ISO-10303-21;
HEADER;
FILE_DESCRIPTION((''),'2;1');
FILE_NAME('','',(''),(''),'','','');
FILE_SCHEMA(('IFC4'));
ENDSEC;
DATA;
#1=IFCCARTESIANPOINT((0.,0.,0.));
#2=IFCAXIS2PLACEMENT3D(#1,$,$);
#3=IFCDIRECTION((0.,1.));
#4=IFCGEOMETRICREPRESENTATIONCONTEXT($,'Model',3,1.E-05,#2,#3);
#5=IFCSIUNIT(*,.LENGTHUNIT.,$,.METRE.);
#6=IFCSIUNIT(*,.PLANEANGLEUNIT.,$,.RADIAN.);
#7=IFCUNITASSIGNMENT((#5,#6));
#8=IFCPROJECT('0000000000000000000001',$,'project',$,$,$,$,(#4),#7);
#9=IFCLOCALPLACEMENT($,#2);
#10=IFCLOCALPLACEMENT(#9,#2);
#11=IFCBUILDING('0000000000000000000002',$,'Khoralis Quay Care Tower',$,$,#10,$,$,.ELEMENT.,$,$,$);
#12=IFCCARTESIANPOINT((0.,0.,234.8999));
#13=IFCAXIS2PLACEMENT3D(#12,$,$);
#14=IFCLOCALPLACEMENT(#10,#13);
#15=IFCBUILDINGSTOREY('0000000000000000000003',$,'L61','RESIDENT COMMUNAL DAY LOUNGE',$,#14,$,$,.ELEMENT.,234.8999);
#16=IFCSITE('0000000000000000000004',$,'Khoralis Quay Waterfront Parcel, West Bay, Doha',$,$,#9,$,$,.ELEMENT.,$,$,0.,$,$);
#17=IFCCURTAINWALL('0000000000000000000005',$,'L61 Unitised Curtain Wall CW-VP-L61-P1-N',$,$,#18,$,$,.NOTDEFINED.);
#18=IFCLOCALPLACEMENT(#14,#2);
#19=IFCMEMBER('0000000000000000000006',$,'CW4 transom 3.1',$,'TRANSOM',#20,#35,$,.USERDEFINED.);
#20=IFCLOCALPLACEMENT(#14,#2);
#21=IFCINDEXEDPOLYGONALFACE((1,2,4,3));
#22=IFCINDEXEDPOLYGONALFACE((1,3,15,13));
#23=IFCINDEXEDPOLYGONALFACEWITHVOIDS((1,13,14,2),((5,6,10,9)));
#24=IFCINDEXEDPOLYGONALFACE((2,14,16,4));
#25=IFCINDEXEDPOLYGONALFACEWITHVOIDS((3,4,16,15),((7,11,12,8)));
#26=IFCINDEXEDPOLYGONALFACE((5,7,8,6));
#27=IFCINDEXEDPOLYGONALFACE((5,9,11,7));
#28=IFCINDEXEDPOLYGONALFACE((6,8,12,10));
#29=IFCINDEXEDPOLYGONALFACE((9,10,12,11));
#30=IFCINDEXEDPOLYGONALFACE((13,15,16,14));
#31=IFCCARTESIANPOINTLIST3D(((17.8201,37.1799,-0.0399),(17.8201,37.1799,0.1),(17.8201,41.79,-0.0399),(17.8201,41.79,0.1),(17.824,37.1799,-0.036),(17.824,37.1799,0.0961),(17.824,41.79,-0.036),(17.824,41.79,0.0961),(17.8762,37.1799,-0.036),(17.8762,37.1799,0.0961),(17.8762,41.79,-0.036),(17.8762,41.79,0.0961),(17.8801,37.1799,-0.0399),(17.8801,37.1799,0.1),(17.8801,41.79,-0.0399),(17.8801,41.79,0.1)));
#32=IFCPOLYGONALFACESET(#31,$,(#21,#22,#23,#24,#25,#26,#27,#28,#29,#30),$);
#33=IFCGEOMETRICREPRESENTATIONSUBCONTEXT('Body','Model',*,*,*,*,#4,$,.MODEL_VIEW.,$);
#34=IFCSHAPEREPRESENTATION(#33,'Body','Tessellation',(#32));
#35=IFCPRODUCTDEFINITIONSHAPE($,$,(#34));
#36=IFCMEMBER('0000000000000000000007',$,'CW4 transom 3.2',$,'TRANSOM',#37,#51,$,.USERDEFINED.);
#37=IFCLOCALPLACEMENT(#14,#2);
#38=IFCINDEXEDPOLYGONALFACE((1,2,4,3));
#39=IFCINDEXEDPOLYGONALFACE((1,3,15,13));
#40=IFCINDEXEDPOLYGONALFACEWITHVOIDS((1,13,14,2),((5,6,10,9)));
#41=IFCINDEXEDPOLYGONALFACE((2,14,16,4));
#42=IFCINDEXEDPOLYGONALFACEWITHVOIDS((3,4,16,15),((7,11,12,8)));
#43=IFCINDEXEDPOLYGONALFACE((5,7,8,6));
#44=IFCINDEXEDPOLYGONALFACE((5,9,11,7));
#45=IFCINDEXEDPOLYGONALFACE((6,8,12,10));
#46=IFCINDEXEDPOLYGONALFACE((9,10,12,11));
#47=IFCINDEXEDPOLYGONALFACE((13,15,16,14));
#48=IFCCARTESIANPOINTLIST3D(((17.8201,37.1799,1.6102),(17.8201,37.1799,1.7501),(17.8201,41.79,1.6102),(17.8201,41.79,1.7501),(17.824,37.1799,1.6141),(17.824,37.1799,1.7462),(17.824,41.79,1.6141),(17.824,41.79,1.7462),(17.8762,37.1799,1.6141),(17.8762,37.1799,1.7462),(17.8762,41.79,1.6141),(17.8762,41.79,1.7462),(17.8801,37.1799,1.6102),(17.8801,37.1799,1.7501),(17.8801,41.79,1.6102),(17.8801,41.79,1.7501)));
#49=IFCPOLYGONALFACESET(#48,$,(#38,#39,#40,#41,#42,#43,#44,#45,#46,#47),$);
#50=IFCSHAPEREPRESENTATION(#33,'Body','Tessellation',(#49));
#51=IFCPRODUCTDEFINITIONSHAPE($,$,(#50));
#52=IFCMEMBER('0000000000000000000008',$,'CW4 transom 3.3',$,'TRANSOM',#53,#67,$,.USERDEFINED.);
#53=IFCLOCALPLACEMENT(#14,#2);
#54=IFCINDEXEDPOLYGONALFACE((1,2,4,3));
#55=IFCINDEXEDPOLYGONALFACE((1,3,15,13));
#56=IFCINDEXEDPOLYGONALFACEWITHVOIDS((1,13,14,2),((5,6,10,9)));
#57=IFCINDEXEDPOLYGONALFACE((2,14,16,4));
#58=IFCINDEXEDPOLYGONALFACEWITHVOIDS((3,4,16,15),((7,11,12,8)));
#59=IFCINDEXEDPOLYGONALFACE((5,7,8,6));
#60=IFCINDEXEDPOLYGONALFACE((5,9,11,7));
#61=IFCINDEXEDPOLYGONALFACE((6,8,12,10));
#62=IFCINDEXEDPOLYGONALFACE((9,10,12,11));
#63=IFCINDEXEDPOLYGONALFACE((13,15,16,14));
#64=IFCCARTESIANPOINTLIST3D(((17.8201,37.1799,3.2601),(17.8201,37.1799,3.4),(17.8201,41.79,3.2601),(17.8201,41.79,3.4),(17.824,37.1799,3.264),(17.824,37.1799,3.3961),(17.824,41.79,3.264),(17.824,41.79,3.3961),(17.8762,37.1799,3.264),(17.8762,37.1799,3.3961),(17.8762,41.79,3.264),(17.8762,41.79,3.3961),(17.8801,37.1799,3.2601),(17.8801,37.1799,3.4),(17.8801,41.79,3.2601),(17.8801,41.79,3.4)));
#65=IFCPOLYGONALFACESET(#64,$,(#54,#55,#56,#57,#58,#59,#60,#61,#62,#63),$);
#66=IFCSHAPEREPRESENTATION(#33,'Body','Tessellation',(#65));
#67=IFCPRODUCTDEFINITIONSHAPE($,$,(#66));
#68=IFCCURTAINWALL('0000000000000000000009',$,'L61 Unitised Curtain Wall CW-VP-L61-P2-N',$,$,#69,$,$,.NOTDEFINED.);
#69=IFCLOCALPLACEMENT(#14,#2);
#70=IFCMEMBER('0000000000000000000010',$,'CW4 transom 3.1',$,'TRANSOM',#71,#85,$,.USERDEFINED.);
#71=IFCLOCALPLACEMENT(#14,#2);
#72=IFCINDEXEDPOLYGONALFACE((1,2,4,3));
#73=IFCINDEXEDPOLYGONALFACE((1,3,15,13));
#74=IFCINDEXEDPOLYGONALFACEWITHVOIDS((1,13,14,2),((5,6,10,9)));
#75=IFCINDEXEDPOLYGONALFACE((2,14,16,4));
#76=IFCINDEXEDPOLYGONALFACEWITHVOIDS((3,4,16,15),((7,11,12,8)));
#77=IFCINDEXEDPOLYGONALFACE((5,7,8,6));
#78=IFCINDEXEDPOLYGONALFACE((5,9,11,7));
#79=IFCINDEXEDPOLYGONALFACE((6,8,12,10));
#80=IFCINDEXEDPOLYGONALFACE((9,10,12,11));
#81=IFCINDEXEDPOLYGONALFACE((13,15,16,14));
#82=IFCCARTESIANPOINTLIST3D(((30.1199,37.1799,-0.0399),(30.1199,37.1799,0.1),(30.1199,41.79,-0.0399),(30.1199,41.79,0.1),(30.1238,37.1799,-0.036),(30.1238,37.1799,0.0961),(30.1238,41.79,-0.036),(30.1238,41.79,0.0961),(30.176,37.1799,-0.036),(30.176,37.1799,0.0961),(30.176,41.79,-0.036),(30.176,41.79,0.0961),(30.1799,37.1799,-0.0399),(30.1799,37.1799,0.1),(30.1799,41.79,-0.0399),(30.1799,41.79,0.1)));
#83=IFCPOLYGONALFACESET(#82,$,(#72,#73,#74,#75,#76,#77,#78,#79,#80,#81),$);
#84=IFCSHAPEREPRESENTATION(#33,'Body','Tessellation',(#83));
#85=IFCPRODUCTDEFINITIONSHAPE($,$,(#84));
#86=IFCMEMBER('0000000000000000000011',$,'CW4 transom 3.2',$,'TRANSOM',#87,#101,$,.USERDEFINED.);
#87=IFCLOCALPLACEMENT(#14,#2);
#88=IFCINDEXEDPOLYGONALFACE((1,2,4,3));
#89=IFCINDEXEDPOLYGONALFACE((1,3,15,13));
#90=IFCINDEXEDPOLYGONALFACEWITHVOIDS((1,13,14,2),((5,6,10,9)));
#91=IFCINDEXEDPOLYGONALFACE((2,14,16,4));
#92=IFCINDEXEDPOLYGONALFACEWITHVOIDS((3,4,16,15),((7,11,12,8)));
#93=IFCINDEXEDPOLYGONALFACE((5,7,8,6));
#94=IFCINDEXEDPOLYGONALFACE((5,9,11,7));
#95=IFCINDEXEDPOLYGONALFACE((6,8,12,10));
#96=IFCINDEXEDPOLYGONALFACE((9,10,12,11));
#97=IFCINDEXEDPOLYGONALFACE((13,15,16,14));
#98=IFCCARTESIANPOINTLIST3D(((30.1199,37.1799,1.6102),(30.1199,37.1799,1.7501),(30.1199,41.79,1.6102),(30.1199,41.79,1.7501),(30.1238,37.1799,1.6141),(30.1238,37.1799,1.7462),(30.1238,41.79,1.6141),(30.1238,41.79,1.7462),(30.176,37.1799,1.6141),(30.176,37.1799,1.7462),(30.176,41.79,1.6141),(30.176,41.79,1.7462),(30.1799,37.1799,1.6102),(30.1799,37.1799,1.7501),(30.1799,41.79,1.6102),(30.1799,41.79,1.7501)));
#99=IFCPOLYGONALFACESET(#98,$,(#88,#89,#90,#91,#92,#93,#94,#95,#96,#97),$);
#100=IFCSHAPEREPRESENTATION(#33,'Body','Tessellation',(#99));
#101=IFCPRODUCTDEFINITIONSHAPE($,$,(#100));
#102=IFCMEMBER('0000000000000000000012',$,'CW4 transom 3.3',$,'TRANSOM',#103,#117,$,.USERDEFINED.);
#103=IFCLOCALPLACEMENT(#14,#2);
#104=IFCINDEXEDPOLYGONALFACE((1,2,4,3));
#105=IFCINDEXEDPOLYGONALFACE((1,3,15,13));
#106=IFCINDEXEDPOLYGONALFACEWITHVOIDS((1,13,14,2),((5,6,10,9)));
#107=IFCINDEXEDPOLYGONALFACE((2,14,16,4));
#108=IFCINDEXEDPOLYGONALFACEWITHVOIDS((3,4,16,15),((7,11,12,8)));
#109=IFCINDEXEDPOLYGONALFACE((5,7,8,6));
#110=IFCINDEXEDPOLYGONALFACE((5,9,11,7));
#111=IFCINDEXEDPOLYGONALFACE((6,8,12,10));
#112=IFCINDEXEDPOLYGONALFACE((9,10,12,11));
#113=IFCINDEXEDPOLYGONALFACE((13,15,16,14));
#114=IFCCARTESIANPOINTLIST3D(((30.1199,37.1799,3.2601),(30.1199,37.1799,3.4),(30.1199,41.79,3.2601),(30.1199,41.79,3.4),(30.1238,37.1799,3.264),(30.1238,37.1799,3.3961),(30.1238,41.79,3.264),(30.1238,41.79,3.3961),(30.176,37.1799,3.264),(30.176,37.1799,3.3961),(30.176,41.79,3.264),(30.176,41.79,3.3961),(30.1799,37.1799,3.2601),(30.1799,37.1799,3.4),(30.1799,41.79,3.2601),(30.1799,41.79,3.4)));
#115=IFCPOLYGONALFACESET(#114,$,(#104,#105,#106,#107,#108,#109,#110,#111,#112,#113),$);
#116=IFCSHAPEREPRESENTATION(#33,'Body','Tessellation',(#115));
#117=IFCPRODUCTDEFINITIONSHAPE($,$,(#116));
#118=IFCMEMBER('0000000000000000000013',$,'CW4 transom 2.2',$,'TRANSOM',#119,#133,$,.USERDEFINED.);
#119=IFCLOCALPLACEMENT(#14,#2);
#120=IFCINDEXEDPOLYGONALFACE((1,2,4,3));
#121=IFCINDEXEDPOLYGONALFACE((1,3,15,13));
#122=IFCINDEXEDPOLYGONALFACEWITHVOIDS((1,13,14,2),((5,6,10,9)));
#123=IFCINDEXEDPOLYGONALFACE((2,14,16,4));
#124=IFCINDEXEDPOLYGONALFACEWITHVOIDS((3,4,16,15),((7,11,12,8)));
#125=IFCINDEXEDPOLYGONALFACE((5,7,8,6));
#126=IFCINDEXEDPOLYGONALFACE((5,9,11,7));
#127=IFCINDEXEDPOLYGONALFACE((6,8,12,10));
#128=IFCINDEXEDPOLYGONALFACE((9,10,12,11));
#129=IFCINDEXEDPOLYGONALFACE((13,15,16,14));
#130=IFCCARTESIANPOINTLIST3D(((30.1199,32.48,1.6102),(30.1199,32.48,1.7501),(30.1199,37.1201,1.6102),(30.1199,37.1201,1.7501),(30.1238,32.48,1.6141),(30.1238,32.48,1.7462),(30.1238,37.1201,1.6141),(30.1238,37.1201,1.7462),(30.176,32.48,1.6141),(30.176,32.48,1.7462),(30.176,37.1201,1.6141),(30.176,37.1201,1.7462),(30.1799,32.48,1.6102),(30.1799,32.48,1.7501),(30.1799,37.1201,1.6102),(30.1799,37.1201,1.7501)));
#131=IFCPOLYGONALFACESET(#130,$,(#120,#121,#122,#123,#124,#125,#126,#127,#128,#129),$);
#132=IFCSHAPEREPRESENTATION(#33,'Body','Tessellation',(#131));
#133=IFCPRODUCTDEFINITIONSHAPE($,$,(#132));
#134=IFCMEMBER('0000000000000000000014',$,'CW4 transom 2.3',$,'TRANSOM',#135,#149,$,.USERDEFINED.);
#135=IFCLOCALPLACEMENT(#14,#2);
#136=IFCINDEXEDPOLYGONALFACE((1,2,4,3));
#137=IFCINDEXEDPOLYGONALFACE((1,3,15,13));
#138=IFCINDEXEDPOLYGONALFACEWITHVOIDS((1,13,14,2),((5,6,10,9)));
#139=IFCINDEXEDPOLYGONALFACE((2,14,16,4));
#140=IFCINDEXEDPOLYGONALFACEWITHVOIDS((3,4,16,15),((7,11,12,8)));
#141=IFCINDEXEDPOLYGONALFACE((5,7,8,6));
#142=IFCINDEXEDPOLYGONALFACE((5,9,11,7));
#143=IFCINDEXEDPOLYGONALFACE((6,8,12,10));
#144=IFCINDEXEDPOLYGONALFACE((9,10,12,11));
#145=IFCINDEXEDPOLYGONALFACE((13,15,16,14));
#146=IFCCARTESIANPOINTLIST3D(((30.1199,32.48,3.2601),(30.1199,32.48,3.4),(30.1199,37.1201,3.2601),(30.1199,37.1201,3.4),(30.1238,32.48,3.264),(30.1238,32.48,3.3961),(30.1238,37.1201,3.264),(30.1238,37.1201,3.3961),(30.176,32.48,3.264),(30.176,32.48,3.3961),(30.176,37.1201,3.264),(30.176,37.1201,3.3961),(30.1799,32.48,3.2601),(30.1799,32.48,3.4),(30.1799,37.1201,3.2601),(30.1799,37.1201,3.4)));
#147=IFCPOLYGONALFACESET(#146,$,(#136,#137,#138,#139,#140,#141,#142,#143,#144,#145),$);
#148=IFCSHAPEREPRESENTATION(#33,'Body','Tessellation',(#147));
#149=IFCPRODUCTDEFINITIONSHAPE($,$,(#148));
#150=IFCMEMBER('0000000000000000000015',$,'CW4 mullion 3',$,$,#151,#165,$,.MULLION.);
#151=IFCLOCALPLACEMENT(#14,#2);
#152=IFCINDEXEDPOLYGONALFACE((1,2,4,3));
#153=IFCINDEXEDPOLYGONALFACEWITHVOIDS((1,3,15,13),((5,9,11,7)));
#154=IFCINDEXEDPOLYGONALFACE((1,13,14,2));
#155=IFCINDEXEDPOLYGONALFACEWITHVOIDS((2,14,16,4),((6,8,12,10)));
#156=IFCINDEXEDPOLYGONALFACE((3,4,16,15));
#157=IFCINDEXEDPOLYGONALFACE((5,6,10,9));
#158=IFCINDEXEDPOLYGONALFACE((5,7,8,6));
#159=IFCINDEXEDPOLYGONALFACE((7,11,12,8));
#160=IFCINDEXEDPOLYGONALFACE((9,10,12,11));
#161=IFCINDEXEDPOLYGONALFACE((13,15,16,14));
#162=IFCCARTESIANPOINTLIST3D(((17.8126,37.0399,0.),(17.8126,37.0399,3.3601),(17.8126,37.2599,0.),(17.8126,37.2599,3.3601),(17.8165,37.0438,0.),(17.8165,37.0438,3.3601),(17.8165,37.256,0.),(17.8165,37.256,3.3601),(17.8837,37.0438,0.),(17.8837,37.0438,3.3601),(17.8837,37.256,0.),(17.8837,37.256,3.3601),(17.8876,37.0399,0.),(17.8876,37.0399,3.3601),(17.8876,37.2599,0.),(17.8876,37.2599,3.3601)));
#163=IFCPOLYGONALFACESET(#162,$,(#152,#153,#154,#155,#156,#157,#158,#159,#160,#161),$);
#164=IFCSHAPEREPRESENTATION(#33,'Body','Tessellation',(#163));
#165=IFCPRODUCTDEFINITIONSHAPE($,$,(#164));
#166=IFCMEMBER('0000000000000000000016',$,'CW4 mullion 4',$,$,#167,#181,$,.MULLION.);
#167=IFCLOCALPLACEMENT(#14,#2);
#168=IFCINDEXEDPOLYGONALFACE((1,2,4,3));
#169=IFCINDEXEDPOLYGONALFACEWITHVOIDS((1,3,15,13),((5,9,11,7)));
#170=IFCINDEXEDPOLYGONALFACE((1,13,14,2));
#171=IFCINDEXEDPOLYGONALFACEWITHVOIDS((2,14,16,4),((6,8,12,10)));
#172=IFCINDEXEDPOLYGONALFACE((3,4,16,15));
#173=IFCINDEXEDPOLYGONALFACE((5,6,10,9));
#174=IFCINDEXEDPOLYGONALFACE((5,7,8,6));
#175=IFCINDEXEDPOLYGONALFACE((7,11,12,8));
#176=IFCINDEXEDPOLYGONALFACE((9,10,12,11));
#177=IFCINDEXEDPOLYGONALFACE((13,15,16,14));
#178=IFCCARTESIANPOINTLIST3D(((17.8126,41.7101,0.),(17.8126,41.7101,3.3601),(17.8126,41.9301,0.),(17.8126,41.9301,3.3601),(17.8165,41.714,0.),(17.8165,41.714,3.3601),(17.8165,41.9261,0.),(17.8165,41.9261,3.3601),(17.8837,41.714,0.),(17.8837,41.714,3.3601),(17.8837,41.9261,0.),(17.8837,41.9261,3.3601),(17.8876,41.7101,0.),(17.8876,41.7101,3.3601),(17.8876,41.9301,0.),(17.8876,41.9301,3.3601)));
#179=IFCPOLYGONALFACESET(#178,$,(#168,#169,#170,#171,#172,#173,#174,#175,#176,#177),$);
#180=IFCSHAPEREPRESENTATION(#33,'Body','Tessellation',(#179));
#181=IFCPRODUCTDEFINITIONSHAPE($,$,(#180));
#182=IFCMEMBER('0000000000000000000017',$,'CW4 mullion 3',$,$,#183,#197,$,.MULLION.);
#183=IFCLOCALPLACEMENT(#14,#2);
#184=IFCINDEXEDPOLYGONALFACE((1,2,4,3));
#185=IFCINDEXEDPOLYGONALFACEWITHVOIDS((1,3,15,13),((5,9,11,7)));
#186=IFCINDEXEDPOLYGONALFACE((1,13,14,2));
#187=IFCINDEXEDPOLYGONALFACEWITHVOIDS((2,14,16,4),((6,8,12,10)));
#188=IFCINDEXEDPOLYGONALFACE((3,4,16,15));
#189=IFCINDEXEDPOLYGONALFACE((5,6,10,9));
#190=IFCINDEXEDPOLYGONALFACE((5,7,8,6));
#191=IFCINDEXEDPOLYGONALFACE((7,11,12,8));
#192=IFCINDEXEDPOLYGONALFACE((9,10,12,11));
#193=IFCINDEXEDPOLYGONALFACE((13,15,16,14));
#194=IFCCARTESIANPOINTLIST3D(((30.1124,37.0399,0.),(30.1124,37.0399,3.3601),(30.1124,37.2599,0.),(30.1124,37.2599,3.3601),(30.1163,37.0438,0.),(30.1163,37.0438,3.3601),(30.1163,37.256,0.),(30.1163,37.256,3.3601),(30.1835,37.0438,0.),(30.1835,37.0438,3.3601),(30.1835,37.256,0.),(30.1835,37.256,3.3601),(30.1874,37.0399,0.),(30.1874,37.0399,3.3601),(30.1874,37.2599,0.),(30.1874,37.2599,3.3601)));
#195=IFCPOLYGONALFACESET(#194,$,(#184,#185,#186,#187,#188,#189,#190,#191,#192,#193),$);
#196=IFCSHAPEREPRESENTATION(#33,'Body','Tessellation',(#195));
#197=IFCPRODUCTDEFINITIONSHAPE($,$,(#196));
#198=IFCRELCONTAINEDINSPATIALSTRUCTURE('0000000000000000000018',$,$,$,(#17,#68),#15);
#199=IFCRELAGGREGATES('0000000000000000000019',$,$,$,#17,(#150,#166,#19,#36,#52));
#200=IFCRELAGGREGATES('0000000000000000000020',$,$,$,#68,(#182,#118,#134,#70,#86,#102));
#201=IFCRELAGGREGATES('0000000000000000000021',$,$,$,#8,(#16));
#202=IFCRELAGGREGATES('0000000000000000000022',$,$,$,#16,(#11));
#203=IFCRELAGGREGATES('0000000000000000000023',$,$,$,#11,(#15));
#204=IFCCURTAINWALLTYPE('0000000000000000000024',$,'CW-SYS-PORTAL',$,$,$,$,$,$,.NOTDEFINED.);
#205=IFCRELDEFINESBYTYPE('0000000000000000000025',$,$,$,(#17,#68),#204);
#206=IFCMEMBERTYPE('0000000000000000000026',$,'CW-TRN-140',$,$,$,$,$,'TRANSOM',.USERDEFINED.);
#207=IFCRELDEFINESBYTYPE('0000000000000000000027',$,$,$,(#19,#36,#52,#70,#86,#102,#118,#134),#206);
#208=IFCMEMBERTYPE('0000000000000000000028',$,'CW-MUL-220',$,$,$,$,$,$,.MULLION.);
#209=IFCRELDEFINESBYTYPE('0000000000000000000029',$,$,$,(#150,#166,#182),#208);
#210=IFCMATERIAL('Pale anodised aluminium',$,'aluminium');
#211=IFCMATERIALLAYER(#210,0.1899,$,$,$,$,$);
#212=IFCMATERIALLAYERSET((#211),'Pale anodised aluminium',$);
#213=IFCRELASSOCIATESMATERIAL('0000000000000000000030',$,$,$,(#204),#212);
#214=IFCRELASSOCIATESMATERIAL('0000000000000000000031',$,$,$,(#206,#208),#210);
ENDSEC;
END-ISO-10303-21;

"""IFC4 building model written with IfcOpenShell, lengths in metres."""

from ifc_helpers import new_model, si_unit, direction, frame, origin, origin_2d, place, context, subcontext, project, spatial, hollow_rectangle, extrude, source, transform, mapped, material, layer, layer_set, material_profile, profile_set, type_object, element, aggregate, save


model = new_model("IFC4")

# Units and contexts
model_context = context("Model", 3, precision=1e-05, world=origin(), true_north=direction((0.0, 1.0)))
body_context = subcontext(model_context, "Body", "Model", "MODEL_VIEW")
ifc_project = project(units=[si_unit("LENGTHUNIT", "METRE"), si_unit("PLANEANGLEUNIT", "RADIAN")], contexts=[model_context])

# Site, building, storey
site_placement = place(None, origin())
site = spatial("IfcSite", under=ifc_project, at=site_placement, Name="Khoralis Quay Waterfront Parcel, West Bay, Doha", CompositionType="ELEMENT", RefElevation=0.0)
building_placement = place(site_placement, origin())
building = spatial("IfcBuilding", under=site, at=building_placement, Name="Khoralis Quay Care Tower", CompositionType="ELEMENT")
storey_placement = place(building_placement, frame((0.0, 0.0, 234.8999)))
storey = spatial("IfcBuildingStorey", under=building, at=storey_placement, Name="L61", Description="RESIDENT COMMUNAL DAY LOUNGE", CompositionType="ELEMENT", Elevation=234.8999)

# Curtain walls, members
ifc_material_1 = material(Name="Pale anodised aluminium", Category="aluminium")
ifc_layer_1 = layer(ifc_material_1, 0.1899)
ifc_layer_set_1 = layer_set([ifc_layer_1], Name="Pale anodised aluminium")
curtain_wall_type = type_object("IfcCurtainWallType", Name="CW-SYS-PORTAL", PredefinedType="NOTDEFINED", material=ifc_layer_set_1)
curtain_wall_1_placement = place(storey_placement, origin())
curtain_wall_1 = element("IfcCurtainWall", 1, at=curtain_wall_1_placement, inside=storey, type_object=curtain_wall_type, Name="L61 Unitised Curtain Wall CW-VP-L61-P1-N", PredefinedType="NOTDEFINED")
ifc_material_profile_1 = material_profile(ifc_material_1, hollow_rectangle(XDim=0.0601, YDim=0.1399, WallThickness=0.0039, at=origin_2d()), Name="Pale anodised aluminium")
ifc_profile_set_1 = profile_set([ifc_material_profile_1], Name="Pale anodised aluminium")
member_type_1 = type_object("IfcMemberType", Name="CW-TRN-140", ElementType="TRANSOM", PredefinedType="USERDEFINED", material=ifc_profile_set_1)
shared_shape_1 = source(origin(), body_context, "Body", "SweptSolid", [
    extrude(hollow_rectangle(XDim=0.0601, YDim=0.1399, WallThickness=0.0039, at=origin_2d()), origin(), (0.0, 0.0, 1.0), 4.6101),
])
member_1_placement = place(storey_placement, frame((17.8501, 37.1799, 0.03), z_axis=(0.0, 1.0, 0.0), x_axis=(-1.0, 0.0, 0.0)))
member_1 = element("IfcMember", 2, at=member_1_placement, type_object=member_type_1, Name="CW4 transom 3.1", ObjectType="TRANSOM", PredefinedType="USERDEFINED", context=body_context, shape_type="MappedRepresentation", body=[
    mapped(shared_shape_1, transform((0.0, 0.0, 0.0), scale=1.0)),
])
member_2_placement = place(storey_placement, frame((17.8501, 37.1799, 1.6802), z_axis=(0.0, 1.0, 0.0), x_axis=(-1.0, 0.0, 0.0)))
member_2 = element("IfcMember", 3, at=member_2_placement, type_object=member_type_1, Name="CW4 transom 3.2", ObjectType="TRANSOM", PredefinedType="USERDEFINED", context=body_context, shape_type="MappedRepresentation", body=[
    mapped(shared_shape_1, transform((0.0, 0.0, 0.0), scale=1.0)),
])
member_3_placement = place(storey_placement, frame((17.8501, 37.1799, 3.3301), z_axis=(0.0, 1.0, 0.0), x_axis=(-1.0, 0.0, 0.0)))
member_3 = element("IfcMember", 4, at=member_3_placement, type_object=member_type_1, Name="CW4 transom 3.3", ObjectType="TRANSOM", PredefinedType="USERDEFINED", context=body_context, shape_type="MappedRepresentation", body=[
    mapped(shared_shape_1, transform((0.0, 0.0, 0.0), scale=1.0)),
])
curtain_wall_2_placement = place(storey_placement, origin())
curtain_wall_2 = element("IfcCurtainWall", 5, at=curtain_wall_2_placement, inside=storey, type_object=curtain_wall_type, Name="L61 Unitised Curtain Wall CW-VP-L61-P2-N", PredefinedType="NOTDEFINED")
member_4_placement = place(storey_placement, frame((30.1499, 37.1799, 0.03), z_axis=(0.0, 1.0, 0.0), x_axis=(-1.0, 0.0, 0.0)))
member_4 = element("IfcMember", 6, at=member_4_placement, type_object=member_type_1, Name="CW4 transom 3.1", ObjectType="TRANSOM", PredefinedType="USERDEFINED", context=body_context, shape_type="MappedRepresentation", body=[
    mapped(shared_shape_1, transform((0.0, 0.0, 0.0), scale=1.0)),
])
member_5_placement = place(storey_placement, frame((30.1499, 37.1799, 1.6802), z_axis=(0.0, 1.0, 0.0), x_axis=(-1.0, 0.0, 0.0)))
member_5 = element("IfcMember", 7, at=member_5_placement, type_object=member_type_1, Name="CW4 transom 3.2", ObjectType="TRANSOM", PredefinedType="USERDEFINED", context=body_context, shape_type="MappedRepresentation", body=[
    mapped(shared_shape_1, transform((0.0, 0.0, 0.0), scale=1.0)),
])
member_6_placement = place(storey_placement, frame((30.1499, 37.1799, 3.3301), z_axis=(0.0, 1.0, 0.0), x_axis=(-1.0, 0.0, 0.0)))
member_6 = element("IfcMember", 8, at=member_6_placement, type_object=member_type_1, Name="CW4 transom 3.3", ObjectType="TRANSOM", PredefinedType="USERDEFINED", context=body_context, shape_type="MappedRepresentation", body=[
    mapped(shared_shape_1, transform((0.0, 0.0, 0.0), scale=1.0)),
])
shared_shape_2 = source(origin(), body_context, "Body", "SweptSolid", [
    extrude(hollow_rectangle(XDim=0.0601, YDim=0.1399, WallThickness=0.0039, at=origin_2d()), origin(), (0.0, 0.0, 1.0), 4.6401),
])
member_7_placement = place(storey_placement, frame((30.1499, 32.48, 1.6802), z_axis=(0.0, 1.0, 0.0), x_axis=(-1.0, 0.0, 0.0)))
member_7 = element("IfcMember", 9, at=member_7_placement, type_object=member_type_1, Name="CW4 transom 2.2", ObjectType="TRANSOM", PredefinedType="USERDEFINED", context=body_context, shape_type="MappedRepresentation", body=[
    mapped(shared_shape_2, transform((0.0, 0.0, 0.0), scale=1.0)),
])
member_8_placement = place(storey_placement, frame((30.1499, 32.48, 3.3301), z_axis=(0.0, 1.0, 0.0), x_axis=(-1.0, 0.0, 0.0)))
member_8 = element("IfcMember", 10, at=member_8_placement, type_object=member_type_1, Name="CW4 transom 2.3", ObjectType="TRANSOM", PredefinedType="USERDEFINED", context=body_context, shape_type="MappedRepresentation", body=[
    mapped(shared_shape_2, transform((0.0, 0.0, 0.0), scale=1.0)),
])

# Members
ifc_material_profile_2 = material_profile(ifc_material_1, hollow_rectangle(XDim=0.075, YDim=0.22, WallThickness=0.0039, at=origin_2d()), Name="Pale anodised aluminium")
ifc_profile_set_2 = profile_set([ifc_material_profile_2], Name="Pale anodised aluminium")
member_type_2 = type_object("IfcMemberType", Name="CW-MUL-220", PredefinedType="MULLION", material=ifc_profile_set_2)
shared_shape_3 = source(origin(), body_context, "Body", "SweptSolid", [
    extrude(hollow_rectangle(XDim=0.075, YDim=0.22, WallThickness=0.0039, at=origin_2d()), origin(), (0.0, 0.0, 1.0), 3.3601),
])
member_9_placement = place(storey_placement, frame((17.8501, 37.1499, 0.0), z_axis=(0.0, 0.0, 1.0), x_axis=(-1.0, 0.0, 0.0)))
member_9 = element("IfcMember", 11, at=member_9_placement, type_object=member_type_2, Name="CW4 mullion 3", PredefinedType="MULLION", context=body_context, shape_type="MappedRepresentation", body=[
    mapped(shared_shape_3, transform((0.0, 0.0, 0.0), scale=1.0)),
])
member_10_placement = place(storey_placement, frame((17.8501, 41.8201, 0.0), z_axis=(0.0, 0.0, 1.0), x_axis=(-1.0, 0.0, 0.0)))
member_10 = element("IfcMember", 12, at=member_10_placement, type_object=member_type_2, Name="CW4 mullion 4", PredefinedType="MULLION", context=body_context, shape_type="MappedRepresentation", body=[
    mapped(shared_shape_3, transform((0.0, 0.0, 0.0), scale=1.0)),
])
member_11_placement = place(storey_placement, frame((30.1499, 37.1499, 0.0), z_axis=(0.0, 0.0, 1.0), x_axis=(-1.0, 0.0, 0.0)))
member_11 = element("IfcMember", 13, at=member_11_placement, type_object=member_type_2, Name="CW4 mullion 3", PredefinedType="MULLION", context=body_context, shape_type="MappedRepresentation", body=[
    mapped(shared_shape_3, transform((0.0, 0.0, 0.0), scale=1.0)),
])

aggregate(curtain_wall_1, [member_9, member_10, member_1, member_2, member_3])
aggregate(curtain_wall_2, [member_11, member_7, member_8, member_4, member_5, member_6])

save(model, "model.ifc")
